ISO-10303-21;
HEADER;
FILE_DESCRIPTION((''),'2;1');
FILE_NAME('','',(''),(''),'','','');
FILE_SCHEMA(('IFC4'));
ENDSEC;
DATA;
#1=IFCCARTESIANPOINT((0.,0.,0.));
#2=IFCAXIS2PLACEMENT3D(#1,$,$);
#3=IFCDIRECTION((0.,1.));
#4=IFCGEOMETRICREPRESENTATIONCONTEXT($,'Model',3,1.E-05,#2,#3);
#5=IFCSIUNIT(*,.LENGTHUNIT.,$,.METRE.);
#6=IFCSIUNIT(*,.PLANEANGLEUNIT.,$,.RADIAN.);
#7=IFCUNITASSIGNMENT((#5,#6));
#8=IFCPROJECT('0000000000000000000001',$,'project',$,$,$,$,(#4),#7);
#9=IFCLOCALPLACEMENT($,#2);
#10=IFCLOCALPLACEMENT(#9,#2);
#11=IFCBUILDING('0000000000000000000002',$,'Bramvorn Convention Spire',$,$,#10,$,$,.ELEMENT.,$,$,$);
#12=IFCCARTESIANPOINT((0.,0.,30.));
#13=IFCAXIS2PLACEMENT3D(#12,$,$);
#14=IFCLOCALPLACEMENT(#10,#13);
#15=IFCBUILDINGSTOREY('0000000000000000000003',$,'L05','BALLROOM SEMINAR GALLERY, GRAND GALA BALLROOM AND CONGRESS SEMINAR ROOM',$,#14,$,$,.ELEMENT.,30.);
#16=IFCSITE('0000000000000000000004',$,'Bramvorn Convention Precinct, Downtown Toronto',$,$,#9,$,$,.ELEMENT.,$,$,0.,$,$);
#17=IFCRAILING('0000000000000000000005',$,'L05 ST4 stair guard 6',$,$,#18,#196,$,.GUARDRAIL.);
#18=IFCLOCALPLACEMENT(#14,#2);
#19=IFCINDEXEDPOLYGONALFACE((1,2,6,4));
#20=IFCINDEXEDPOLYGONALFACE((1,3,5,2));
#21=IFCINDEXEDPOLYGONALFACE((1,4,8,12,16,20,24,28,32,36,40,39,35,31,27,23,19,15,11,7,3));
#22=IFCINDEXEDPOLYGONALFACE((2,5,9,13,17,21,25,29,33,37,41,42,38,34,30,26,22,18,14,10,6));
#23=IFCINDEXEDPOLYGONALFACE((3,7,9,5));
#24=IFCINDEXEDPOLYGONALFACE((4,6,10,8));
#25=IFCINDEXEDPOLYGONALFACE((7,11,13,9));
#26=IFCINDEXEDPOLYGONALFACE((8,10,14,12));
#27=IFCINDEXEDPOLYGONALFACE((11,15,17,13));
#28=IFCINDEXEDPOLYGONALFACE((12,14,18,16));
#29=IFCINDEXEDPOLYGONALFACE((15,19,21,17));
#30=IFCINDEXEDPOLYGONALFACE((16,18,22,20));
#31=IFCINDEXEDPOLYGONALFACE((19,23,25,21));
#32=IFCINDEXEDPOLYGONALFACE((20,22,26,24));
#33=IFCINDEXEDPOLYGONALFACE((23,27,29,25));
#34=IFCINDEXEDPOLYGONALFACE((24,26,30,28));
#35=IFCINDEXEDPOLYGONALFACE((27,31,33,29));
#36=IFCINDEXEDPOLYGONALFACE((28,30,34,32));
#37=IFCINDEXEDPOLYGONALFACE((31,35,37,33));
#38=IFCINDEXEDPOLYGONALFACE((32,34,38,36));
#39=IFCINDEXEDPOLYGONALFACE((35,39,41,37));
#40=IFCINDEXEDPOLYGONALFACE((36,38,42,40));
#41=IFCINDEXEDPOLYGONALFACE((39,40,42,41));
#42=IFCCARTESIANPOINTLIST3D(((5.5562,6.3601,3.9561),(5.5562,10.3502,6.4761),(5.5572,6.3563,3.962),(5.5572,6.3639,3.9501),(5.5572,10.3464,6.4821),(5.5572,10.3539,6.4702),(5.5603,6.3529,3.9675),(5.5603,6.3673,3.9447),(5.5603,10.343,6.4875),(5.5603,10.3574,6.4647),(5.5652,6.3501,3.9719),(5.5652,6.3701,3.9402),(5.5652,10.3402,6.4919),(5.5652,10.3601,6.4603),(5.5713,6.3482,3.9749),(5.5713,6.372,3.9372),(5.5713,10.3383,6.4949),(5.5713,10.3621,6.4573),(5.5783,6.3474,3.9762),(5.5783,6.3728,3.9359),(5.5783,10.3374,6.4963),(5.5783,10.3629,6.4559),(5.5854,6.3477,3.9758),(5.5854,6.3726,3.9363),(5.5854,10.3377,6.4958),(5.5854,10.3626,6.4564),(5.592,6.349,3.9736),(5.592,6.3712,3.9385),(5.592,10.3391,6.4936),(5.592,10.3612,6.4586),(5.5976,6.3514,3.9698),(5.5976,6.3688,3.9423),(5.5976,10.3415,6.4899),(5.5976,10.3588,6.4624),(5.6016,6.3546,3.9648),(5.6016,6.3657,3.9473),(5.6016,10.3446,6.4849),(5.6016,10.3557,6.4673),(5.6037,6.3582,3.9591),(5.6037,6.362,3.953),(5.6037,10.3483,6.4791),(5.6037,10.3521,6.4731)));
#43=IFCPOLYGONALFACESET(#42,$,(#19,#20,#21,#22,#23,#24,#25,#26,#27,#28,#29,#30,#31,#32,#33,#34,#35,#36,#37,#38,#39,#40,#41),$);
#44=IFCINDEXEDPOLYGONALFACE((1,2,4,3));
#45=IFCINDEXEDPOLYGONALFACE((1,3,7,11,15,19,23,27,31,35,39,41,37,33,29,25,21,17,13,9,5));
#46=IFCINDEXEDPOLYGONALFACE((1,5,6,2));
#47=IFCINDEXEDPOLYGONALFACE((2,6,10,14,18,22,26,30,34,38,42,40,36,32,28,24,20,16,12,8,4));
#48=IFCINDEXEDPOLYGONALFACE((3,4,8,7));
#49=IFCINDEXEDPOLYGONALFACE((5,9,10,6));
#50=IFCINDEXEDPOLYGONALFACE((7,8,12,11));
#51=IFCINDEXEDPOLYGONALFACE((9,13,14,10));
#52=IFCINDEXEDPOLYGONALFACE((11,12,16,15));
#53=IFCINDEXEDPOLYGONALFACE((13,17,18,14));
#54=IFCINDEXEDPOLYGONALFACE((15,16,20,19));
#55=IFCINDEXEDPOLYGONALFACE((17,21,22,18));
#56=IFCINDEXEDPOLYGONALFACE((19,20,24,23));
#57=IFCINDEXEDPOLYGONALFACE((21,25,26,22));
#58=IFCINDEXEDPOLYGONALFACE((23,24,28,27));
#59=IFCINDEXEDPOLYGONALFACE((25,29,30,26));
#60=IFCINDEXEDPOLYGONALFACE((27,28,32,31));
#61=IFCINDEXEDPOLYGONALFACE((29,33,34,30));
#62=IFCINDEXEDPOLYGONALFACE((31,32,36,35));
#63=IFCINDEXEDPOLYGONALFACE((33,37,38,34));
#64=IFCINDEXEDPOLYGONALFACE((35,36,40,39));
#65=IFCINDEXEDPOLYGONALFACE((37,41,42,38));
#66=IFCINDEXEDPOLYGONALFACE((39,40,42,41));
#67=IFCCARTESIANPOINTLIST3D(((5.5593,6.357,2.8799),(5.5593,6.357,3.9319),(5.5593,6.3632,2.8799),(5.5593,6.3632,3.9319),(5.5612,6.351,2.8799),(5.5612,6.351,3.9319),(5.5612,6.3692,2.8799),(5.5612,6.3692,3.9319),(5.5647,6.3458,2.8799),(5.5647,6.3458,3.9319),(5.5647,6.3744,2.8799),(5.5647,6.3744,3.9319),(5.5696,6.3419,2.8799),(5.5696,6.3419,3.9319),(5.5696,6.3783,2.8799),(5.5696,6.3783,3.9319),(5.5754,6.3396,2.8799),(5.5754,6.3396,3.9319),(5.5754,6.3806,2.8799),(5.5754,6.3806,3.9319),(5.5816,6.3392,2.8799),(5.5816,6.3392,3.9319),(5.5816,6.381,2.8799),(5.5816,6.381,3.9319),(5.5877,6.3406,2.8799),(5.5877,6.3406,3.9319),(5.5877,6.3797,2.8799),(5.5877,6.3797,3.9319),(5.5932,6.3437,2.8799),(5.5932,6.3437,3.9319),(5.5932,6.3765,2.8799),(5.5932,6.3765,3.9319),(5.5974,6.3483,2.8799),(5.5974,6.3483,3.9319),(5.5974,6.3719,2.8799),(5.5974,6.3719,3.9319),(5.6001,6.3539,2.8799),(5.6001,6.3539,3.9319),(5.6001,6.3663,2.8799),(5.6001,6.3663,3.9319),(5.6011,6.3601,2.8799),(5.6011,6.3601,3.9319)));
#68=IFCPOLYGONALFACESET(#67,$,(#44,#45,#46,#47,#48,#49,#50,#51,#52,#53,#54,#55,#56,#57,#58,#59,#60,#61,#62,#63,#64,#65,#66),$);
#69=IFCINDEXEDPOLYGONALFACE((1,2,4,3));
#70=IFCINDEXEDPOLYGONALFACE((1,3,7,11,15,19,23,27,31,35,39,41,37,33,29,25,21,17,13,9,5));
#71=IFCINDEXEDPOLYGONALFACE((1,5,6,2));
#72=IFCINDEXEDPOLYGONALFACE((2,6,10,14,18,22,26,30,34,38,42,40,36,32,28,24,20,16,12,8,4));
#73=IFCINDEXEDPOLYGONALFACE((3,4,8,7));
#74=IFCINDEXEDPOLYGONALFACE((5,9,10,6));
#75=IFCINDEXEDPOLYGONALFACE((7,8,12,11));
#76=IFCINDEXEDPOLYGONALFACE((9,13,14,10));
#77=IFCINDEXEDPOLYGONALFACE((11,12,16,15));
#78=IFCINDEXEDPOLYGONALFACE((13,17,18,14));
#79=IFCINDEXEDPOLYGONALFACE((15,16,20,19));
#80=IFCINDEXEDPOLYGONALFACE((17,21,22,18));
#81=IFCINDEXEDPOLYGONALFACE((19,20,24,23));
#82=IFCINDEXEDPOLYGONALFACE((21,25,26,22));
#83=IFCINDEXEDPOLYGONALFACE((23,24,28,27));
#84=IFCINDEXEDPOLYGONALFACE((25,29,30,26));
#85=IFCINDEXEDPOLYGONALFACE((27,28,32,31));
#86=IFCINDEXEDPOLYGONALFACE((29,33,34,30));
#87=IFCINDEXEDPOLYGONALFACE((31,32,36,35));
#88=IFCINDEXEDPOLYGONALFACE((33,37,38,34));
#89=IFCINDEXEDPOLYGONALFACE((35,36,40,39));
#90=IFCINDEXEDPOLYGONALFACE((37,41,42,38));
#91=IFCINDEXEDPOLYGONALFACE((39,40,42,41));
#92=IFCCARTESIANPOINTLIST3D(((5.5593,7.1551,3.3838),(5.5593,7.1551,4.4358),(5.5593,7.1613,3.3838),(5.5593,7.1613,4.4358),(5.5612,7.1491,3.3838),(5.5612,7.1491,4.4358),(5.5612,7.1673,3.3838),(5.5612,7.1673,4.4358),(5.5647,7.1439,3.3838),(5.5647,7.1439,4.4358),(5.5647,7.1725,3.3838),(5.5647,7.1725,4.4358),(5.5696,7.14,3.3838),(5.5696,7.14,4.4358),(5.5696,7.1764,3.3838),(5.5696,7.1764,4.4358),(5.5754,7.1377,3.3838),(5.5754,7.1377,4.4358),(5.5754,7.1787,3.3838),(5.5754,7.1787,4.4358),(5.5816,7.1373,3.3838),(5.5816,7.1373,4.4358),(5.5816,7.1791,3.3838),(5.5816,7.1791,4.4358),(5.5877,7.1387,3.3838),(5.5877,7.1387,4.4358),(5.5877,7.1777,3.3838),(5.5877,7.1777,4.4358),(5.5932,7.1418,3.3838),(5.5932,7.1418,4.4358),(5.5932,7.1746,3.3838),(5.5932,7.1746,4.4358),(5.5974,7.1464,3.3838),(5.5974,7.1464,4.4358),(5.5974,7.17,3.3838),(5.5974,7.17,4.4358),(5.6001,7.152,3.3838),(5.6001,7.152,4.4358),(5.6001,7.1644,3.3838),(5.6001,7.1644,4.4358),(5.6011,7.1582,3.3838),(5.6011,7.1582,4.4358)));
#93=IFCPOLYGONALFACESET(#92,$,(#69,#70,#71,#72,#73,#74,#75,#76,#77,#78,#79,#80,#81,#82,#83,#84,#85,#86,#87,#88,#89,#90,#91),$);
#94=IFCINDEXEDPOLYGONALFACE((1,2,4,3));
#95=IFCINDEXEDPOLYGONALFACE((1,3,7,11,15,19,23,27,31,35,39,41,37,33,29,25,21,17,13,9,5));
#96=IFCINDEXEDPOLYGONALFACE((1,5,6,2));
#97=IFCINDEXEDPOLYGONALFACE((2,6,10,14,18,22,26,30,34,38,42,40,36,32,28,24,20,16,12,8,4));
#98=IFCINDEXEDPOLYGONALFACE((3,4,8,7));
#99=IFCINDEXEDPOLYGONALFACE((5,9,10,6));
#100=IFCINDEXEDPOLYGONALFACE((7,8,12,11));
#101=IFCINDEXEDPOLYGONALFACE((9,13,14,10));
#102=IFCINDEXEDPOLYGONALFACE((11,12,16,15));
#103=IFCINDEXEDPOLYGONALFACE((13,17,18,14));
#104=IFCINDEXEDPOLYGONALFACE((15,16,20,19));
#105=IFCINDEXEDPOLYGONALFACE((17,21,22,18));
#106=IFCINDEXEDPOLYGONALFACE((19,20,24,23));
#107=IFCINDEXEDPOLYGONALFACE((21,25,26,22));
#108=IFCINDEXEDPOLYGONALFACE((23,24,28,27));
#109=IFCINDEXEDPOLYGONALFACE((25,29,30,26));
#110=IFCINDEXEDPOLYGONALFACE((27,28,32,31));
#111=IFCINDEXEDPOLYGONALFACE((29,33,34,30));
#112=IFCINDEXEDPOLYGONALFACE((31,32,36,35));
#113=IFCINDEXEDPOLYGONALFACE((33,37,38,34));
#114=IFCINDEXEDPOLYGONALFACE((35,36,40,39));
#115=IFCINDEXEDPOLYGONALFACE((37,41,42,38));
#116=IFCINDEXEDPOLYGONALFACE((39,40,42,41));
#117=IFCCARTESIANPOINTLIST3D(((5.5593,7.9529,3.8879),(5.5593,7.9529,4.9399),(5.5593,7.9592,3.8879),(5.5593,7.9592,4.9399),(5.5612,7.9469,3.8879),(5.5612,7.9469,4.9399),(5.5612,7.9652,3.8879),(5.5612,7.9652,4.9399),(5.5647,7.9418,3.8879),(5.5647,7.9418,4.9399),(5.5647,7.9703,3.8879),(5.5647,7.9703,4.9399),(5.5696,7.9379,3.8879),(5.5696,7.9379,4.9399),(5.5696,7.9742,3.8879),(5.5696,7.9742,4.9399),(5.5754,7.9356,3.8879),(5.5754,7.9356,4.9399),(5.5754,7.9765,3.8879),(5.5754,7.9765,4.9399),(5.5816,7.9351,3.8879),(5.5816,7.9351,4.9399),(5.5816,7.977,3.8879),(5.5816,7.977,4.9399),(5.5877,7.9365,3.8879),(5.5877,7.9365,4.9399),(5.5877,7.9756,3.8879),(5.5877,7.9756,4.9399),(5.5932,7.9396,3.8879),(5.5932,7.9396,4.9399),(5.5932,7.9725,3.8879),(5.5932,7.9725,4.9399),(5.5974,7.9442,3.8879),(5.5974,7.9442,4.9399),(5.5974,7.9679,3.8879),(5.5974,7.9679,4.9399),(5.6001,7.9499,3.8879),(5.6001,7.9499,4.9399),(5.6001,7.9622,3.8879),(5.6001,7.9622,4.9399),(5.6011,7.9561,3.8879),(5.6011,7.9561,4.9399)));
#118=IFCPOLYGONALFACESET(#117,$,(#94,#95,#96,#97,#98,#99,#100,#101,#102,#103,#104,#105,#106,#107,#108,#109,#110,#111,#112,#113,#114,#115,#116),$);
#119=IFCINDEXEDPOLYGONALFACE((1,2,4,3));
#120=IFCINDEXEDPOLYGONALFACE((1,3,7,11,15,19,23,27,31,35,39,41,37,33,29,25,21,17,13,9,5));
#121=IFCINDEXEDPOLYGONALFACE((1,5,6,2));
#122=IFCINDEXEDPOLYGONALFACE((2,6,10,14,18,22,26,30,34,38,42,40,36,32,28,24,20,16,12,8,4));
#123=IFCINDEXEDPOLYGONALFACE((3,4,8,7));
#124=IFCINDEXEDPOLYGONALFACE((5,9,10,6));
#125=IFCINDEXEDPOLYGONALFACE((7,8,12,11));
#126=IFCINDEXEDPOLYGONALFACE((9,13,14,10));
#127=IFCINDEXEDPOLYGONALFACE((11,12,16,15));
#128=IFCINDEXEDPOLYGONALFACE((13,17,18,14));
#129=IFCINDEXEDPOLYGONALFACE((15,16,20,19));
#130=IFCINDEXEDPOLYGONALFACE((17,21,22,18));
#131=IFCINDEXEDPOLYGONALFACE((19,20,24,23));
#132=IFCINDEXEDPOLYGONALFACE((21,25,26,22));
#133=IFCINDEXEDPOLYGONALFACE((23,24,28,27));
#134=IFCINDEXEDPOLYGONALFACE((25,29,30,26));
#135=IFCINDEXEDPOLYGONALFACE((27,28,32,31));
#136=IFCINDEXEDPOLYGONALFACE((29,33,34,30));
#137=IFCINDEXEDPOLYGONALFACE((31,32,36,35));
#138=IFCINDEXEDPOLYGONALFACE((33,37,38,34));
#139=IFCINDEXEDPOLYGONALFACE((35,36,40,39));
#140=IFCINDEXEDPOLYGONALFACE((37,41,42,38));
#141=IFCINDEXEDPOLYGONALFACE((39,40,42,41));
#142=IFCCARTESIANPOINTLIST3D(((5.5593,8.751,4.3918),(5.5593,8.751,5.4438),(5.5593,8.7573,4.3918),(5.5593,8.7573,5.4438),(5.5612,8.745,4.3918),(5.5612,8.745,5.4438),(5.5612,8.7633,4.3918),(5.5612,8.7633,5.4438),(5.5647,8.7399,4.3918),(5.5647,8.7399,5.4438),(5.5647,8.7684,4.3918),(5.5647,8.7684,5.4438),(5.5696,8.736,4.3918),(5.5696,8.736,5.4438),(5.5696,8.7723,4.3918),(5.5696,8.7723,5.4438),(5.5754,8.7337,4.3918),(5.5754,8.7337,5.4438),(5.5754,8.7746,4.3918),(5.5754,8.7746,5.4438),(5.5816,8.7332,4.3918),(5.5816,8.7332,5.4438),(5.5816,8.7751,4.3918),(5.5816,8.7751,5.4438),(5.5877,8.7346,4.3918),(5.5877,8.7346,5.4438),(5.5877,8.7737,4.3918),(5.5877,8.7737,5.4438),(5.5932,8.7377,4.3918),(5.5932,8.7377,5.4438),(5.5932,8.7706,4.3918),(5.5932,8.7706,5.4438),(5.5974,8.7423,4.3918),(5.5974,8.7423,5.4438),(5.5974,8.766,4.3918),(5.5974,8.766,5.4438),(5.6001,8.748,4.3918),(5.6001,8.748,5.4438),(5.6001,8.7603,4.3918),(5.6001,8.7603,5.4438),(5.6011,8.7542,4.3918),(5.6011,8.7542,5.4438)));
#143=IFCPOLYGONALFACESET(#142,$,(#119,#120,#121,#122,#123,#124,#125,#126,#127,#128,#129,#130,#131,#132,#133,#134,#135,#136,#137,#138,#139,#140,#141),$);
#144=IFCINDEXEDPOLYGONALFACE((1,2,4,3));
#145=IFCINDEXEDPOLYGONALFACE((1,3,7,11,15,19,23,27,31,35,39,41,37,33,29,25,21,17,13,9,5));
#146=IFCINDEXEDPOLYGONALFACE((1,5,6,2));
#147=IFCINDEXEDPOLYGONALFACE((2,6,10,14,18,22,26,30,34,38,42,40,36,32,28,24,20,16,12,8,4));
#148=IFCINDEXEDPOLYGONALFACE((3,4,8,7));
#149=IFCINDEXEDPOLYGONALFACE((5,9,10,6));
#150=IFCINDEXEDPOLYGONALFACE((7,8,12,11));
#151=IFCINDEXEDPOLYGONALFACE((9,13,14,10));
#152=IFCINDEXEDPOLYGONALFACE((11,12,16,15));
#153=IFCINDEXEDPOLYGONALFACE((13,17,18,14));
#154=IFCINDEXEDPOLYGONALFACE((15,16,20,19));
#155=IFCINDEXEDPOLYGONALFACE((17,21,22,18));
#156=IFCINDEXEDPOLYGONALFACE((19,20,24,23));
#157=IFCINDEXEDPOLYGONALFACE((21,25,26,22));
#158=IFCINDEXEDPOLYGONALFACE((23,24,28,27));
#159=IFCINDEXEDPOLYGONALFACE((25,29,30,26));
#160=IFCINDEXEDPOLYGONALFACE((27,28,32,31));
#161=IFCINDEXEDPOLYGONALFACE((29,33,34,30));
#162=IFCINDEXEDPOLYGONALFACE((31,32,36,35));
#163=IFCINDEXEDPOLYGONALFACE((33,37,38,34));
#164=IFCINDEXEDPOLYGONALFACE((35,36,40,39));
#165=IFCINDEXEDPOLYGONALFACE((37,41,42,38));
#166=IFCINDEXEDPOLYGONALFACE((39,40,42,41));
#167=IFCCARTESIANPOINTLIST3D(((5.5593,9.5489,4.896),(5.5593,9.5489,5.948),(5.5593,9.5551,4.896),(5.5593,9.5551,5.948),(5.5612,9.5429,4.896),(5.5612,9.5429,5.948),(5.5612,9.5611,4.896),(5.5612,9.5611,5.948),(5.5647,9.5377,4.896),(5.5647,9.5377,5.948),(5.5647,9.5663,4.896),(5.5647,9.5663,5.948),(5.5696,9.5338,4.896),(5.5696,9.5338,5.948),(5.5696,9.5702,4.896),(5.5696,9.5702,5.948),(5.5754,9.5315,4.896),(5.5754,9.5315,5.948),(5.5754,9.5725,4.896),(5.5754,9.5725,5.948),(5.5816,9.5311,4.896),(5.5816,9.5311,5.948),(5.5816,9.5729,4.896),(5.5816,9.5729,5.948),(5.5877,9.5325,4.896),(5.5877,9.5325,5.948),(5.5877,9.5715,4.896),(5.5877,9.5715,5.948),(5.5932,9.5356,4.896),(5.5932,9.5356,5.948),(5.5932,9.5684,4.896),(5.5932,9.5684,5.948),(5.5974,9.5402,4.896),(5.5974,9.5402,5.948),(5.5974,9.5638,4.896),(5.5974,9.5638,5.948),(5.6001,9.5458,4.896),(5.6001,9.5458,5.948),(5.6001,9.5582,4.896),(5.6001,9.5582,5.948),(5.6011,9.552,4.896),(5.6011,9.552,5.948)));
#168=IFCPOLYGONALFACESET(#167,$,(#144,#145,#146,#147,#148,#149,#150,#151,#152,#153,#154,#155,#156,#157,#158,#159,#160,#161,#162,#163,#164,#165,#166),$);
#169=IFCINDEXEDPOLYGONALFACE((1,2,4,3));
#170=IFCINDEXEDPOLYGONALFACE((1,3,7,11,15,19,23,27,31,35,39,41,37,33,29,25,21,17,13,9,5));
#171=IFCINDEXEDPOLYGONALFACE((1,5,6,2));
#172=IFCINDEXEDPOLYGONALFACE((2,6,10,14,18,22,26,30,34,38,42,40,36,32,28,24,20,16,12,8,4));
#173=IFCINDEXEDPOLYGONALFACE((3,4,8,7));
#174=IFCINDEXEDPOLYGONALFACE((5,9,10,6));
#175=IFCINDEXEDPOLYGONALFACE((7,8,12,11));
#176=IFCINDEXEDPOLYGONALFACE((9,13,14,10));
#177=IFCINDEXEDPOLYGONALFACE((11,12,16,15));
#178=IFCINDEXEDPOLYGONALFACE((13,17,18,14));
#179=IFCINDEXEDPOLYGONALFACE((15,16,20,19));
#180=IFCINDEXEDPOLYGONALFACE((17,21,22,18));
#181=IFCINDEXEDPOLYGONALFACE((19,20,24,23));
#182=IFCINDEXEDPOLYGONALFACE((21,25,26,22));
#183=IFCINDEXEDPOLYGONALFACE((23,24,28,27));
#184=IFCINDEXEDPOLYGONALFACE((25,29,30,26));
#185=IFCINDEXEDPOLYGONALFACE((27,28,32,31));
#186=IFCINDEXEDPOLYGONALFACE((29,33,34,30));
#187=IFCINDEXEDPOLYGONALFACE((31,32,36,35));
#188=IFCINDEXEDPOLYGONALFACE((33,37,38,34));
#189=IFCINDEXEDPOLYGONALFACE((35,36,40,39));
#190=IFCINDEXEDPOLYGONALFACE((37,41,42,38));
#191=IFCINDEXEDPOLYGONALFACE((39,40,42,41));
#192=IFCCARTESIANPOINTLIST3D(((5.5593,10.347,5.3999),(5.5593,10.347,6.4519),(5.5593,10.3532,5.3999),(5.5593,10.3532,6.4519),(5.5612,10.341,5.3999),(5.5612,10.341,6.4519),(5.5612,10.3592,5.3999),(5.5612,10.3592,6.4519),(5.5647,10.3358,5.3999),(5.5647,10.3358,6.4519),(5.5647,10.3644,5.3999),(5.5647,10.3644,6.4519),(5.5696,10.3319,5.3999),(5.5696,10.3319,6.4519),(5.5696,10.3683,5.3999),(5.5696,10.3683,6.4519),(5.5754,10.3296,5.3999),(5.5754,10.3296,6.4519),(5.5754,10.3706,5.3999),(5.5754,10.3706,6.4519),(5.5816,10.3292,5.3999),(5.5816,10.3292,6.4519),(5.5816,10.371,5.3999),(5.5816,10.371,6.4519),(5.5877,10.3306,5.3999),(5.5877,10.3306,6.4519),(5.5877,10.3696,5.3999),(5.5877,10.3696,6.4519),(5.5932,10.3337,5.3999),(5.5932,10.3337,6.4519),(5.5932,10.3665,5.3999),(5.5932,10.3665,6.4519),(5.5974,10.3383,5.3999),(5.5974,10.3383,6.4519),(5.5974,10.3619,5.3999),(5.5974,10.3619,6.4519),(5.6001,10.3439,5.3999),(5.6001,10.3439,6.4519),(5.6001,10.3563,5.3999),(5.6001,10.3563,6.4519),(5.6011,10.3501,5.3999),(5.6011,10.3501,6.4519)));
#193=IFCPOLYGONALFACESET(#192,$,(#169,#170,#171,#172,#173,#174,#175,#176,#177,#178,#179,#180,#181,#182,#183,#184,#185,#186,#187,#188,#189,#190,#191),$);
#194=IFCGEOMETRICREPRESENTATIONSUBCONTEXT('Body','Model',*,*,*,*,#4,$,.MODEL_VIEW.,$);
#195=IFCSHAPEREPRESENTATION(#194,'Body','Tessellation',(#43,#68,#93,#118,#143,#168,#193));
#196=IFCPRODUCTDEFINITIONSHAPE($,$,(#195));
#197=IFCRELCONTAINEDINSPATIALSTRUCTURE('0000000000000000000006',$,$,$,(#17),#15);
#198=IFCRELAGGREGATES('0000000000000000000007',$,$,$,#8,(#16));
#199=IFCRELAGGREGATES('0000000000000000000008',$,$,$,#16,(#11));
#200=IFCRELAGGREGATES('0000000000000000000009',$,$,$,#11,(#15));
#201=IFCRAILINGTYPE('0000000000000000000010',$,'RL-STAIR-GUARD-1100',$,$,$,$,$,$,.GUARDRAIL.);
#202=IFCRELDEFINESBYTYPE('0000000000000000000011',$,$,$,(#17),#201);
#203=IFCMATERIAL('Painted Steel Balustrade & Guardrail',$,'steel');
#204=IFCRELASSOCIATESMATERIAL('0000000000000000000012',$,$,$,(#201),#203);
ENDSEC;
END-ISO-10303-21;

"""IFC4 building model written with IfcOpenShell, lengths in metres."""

from ifc_helpers import new_model, si_unit, direction, frame, origin, origin_2d, place, context, subcontext, project, spatial, circle, extrude, material, type_object, element, save


model = new_model("IFC4")

# Units and contexts
model_context = context("Model", 3, precision=1e-05, world=origin(), true_north=direction((0.0, 1.0)))
body_context = subcontext(model_context, "Body", "Model", "MODEL_VIEW")
ifc_project = project(units=[si_unit("LENGTHUNIT", "METRE"), si_unit("PLANEANGLEUNIT", "RADIAN")], contexts=[model_context])

# Site, building, storey
site_placement = place(None, origin())
site = spatial("IfcSite", under=ifc_project, at=site_placement, Name="Bramvorn Convention Precinct, Downtown Toronto", CompositionType="ELEMENT", RefElevation=0.0)
building_placement = place(site_placement, origin())
building = spatial("IfcBuilding", under=site, at=building_placement, Name="Bramvorn Convention Spire", CompositionType="ELEMENT")
storey_placement = place(building_placement, frame((0.0, 0.0, 30.0)))
storey = spatial("IfcBuildingStorey", under=building, at=storey_placement, Name="L05", Description="BALLROOM SEMINAR GALLERY, GRAND GALA BALLROOM AND CONGRESS SEMINAR ROOM", CompositionType="ELEMENT", Elevation=30.0)

# Railing
ifc_material_1 = material(Name="Painted Steel Balustrade & Guardrail", Category="steel")
railing_type_1 = type_object("IfcRailingType", Name="RL-STAIR-GUARD-1100", PredefinedType="GUARDRAIL", material=ifc_material_1)
railing_1_placement = place(storey_placement, frame((5.5801, 6.3601, 2.8799)))
element("IfcRailing", 1, at=railing_1_placement, inside=storey, type_object=railing_type_1, Name="L05 ST4 stair guard 6", PredefinedType="GUARDRAIL", context=body_context, shape_type="SweptSolid", body=[
    extrude(circle(Radius=0.0239, at=origin_2d()), frame((0.0, 0.0, 1.0762), z_axis=(0.0, 0.845486, 0.533997), x_axis=(-1.0, 0.0, 0.0)), (0.0, 0.0, 1.0), 4.7192),
    extrude(circle(Radius=0.021, at=origin_2d()), origin(), (0.0, 0.0, 1.0), 1.052),
    extrude(circle(Radius=0.021, at=origin_2d()), frame((0.0, 0.7981, 0.5039)), (0.0, 0.0, 1.0), 1.052),
    extrude(circle(Radius=0.021, at=origin_2d()), frame((0.0, 1.5959, 1.0081)), (0.0, 0.0, 1.0), 1.052),
    extrude(circle(Radius=0.021, at=origin_2d()), frame((0.0, 2.394, 1.512)), (0.0, 0.0, 1.0), 1.052),
    extrude(circle(Radius=0.021, at=origin_2d()), frame((0.0, 3.1919, 2.0161)), (0.0, 0.0, 1.0), 1.052),
    extrude(circle(Radius=0.021, at=origin_2d()), frame((0.0, 3.99, 2.52)), (0.0, 0.0, 1.0), 1.052),
])

save(model, "model.ifc")
